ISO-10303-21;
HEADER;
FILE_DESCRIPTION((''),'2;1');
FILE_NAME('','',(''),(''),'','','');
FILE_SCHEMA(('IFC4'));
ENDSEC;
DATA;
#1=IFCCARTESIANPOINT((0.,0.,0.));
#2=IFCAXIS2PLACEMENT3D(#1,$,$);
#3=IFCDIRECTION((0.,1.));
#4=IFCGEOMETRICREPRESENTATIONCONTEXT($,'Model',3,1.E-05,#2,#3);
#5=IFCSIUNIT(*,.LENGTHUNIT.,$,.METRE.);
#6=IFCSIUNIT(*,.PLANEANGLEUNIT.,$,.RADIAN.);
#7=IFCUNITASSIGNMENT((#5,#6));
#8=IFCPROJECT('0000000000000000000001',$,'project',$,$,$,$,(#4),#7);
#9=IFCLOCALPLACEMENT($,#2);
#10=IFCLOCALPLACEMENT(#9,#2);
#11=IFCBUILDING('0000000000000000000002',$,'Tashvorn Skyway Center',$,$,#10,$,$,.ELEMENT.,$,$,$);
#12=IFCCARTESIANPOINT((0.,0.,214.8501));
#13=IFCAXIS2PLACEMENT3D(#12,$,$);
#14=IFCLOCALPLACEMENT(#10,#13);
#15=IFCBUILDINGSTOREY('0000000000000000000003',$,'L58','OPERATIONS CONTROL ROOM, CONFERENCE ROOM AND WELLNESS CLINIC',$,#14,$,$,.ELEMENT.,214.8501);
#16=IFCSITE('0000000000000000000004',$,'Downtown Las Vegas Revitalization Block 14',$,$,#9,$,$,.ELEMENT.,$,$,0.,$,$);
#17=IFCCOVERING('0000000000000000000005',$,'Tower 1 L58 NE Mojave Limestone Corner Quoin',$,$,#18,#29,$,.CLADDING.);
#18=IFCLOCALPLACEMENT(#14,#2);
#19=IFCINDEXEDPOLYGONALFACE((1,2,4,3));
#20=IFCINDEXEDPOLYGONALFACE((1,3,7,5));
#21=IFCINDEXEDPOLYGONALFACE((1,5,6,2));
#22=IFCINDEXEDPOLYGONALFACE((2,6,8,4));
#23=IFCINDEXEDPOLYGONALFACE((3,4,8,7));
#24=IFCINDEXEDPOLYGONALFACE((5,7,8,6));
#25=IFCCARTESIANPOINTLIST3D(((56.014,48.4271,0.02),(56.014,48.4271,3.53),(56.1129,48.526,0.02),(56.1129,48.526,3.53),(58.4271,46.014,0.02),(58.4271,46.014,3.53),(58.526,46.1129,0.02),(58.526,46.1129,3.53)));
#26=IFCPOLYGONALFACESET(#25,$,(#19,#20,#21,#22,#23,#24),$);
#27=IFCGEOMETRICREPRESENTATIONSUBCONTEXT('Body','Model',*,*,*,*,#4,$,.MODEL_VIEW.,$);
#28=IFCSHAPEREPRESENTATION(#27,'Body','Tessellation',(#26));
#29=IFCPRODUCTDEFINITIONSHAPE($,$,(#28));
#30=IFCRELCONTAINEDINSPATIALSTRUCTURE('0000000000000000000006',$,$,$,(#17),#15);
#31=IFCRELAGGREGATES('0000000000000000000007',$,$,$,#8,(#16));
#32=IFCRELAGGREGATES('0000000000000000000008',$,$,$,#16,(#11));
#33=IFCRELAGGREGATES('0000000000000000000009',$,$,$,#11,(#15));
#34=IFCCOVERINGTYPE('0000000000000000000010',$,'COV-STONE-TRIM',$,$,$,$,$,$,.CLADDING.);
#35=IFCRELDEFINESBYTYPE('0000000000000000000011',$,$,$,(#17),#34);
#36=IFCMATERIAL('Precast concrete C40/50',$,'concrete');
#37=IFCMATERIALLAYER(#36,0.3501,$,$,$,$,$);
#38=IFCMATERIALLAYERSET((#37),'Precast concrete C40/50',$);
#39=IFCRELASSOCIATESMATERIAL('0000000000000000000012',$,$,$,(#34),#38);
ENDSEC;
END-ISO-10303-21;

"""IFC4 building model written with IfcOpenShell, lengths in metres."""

from ifc_helpers import new_model, si_unit, direction, frame, origin, origin_2d, place, context, subcontext, project, spatial, rectangle, extrude, material, layer, layer_set, type_object, element, save


model = new_model("IFC4")

# Units and contexts
model_context = context("Model", 3, precision=1e-05, world=origin(), true_north=direction((0.0, 1.0)))
body_context = subcontext(model_context, "Body", "Model", "MODEL_VIEW")
ifc_project = project(units=[si_unit("LENGTHUNIT", "METRE"), si_unit("PLANEANGLEUNIT", "RADIAN")], contexts=[model_context])

# Site, building, storey
site_placement = place(None, origin())
site = spatial("IfcSite", under=ifc_project, at=site_placement, Name="Downtown Las Vegas Revitalization Block 14", CompositionType="ELEMENT", RefElevation=0.0)
building_placement = place(site_placement, origin())
building = spatial("IfcBuilding", under=site, at=building_placement, Name="Tashvorn Skyway Center", CompositionType="ELEMENT")
storey_placement = place(building_placement, frame((0.0, 0.0, 214.8501)))
storey = spatial("IfcBuildingStorey", under=building, at=storey_placement, Name="L58", Description="OPERATIONS CONTROL ROOM, CONFERENCE ROOM AND WELLNESS CLINIC", CompositionType="ELEMENT", Elevation=214.8501)

# Shared definitions
ifc_material_1 = material(Name="Precast concrete C40/50", Category="concrete")

# Covering
ifc_layer_1 = layer(ifc_material_1, 0.3501)
ifc_layer_set_1 = layer_set([ifc_layer_1], Name="Precast concrete C40/50")
covering_type = type_object("IfcCoveringType", Name="COV-STONE-TRIM", PredefinedType="CLADDING", material=ifc_layer_set_1)
covering_placement = place(storey_placement, frame((57.27, 47.27, 0.02), z_axis=(0.0, 0.0, 1.0), x_axis=(0.707107, -0.707107, 0.0)))
element("IfcCovering", 1, at=covering_placement, inside=storey, type_object=covering_type, Name="Tower 1 L58 NE Mojave Limestone Corner Quoin", PredefinedType="CLADDING", context=body_context, shape_type="SweptSolid", body=[
    extrude(rectangle(XDim=3.4126, YDim=0.1399, at=origin_2d()), origin(), (0.0, 0.0, 1.0), 3.51),
])

save(model, "model.ifc")
